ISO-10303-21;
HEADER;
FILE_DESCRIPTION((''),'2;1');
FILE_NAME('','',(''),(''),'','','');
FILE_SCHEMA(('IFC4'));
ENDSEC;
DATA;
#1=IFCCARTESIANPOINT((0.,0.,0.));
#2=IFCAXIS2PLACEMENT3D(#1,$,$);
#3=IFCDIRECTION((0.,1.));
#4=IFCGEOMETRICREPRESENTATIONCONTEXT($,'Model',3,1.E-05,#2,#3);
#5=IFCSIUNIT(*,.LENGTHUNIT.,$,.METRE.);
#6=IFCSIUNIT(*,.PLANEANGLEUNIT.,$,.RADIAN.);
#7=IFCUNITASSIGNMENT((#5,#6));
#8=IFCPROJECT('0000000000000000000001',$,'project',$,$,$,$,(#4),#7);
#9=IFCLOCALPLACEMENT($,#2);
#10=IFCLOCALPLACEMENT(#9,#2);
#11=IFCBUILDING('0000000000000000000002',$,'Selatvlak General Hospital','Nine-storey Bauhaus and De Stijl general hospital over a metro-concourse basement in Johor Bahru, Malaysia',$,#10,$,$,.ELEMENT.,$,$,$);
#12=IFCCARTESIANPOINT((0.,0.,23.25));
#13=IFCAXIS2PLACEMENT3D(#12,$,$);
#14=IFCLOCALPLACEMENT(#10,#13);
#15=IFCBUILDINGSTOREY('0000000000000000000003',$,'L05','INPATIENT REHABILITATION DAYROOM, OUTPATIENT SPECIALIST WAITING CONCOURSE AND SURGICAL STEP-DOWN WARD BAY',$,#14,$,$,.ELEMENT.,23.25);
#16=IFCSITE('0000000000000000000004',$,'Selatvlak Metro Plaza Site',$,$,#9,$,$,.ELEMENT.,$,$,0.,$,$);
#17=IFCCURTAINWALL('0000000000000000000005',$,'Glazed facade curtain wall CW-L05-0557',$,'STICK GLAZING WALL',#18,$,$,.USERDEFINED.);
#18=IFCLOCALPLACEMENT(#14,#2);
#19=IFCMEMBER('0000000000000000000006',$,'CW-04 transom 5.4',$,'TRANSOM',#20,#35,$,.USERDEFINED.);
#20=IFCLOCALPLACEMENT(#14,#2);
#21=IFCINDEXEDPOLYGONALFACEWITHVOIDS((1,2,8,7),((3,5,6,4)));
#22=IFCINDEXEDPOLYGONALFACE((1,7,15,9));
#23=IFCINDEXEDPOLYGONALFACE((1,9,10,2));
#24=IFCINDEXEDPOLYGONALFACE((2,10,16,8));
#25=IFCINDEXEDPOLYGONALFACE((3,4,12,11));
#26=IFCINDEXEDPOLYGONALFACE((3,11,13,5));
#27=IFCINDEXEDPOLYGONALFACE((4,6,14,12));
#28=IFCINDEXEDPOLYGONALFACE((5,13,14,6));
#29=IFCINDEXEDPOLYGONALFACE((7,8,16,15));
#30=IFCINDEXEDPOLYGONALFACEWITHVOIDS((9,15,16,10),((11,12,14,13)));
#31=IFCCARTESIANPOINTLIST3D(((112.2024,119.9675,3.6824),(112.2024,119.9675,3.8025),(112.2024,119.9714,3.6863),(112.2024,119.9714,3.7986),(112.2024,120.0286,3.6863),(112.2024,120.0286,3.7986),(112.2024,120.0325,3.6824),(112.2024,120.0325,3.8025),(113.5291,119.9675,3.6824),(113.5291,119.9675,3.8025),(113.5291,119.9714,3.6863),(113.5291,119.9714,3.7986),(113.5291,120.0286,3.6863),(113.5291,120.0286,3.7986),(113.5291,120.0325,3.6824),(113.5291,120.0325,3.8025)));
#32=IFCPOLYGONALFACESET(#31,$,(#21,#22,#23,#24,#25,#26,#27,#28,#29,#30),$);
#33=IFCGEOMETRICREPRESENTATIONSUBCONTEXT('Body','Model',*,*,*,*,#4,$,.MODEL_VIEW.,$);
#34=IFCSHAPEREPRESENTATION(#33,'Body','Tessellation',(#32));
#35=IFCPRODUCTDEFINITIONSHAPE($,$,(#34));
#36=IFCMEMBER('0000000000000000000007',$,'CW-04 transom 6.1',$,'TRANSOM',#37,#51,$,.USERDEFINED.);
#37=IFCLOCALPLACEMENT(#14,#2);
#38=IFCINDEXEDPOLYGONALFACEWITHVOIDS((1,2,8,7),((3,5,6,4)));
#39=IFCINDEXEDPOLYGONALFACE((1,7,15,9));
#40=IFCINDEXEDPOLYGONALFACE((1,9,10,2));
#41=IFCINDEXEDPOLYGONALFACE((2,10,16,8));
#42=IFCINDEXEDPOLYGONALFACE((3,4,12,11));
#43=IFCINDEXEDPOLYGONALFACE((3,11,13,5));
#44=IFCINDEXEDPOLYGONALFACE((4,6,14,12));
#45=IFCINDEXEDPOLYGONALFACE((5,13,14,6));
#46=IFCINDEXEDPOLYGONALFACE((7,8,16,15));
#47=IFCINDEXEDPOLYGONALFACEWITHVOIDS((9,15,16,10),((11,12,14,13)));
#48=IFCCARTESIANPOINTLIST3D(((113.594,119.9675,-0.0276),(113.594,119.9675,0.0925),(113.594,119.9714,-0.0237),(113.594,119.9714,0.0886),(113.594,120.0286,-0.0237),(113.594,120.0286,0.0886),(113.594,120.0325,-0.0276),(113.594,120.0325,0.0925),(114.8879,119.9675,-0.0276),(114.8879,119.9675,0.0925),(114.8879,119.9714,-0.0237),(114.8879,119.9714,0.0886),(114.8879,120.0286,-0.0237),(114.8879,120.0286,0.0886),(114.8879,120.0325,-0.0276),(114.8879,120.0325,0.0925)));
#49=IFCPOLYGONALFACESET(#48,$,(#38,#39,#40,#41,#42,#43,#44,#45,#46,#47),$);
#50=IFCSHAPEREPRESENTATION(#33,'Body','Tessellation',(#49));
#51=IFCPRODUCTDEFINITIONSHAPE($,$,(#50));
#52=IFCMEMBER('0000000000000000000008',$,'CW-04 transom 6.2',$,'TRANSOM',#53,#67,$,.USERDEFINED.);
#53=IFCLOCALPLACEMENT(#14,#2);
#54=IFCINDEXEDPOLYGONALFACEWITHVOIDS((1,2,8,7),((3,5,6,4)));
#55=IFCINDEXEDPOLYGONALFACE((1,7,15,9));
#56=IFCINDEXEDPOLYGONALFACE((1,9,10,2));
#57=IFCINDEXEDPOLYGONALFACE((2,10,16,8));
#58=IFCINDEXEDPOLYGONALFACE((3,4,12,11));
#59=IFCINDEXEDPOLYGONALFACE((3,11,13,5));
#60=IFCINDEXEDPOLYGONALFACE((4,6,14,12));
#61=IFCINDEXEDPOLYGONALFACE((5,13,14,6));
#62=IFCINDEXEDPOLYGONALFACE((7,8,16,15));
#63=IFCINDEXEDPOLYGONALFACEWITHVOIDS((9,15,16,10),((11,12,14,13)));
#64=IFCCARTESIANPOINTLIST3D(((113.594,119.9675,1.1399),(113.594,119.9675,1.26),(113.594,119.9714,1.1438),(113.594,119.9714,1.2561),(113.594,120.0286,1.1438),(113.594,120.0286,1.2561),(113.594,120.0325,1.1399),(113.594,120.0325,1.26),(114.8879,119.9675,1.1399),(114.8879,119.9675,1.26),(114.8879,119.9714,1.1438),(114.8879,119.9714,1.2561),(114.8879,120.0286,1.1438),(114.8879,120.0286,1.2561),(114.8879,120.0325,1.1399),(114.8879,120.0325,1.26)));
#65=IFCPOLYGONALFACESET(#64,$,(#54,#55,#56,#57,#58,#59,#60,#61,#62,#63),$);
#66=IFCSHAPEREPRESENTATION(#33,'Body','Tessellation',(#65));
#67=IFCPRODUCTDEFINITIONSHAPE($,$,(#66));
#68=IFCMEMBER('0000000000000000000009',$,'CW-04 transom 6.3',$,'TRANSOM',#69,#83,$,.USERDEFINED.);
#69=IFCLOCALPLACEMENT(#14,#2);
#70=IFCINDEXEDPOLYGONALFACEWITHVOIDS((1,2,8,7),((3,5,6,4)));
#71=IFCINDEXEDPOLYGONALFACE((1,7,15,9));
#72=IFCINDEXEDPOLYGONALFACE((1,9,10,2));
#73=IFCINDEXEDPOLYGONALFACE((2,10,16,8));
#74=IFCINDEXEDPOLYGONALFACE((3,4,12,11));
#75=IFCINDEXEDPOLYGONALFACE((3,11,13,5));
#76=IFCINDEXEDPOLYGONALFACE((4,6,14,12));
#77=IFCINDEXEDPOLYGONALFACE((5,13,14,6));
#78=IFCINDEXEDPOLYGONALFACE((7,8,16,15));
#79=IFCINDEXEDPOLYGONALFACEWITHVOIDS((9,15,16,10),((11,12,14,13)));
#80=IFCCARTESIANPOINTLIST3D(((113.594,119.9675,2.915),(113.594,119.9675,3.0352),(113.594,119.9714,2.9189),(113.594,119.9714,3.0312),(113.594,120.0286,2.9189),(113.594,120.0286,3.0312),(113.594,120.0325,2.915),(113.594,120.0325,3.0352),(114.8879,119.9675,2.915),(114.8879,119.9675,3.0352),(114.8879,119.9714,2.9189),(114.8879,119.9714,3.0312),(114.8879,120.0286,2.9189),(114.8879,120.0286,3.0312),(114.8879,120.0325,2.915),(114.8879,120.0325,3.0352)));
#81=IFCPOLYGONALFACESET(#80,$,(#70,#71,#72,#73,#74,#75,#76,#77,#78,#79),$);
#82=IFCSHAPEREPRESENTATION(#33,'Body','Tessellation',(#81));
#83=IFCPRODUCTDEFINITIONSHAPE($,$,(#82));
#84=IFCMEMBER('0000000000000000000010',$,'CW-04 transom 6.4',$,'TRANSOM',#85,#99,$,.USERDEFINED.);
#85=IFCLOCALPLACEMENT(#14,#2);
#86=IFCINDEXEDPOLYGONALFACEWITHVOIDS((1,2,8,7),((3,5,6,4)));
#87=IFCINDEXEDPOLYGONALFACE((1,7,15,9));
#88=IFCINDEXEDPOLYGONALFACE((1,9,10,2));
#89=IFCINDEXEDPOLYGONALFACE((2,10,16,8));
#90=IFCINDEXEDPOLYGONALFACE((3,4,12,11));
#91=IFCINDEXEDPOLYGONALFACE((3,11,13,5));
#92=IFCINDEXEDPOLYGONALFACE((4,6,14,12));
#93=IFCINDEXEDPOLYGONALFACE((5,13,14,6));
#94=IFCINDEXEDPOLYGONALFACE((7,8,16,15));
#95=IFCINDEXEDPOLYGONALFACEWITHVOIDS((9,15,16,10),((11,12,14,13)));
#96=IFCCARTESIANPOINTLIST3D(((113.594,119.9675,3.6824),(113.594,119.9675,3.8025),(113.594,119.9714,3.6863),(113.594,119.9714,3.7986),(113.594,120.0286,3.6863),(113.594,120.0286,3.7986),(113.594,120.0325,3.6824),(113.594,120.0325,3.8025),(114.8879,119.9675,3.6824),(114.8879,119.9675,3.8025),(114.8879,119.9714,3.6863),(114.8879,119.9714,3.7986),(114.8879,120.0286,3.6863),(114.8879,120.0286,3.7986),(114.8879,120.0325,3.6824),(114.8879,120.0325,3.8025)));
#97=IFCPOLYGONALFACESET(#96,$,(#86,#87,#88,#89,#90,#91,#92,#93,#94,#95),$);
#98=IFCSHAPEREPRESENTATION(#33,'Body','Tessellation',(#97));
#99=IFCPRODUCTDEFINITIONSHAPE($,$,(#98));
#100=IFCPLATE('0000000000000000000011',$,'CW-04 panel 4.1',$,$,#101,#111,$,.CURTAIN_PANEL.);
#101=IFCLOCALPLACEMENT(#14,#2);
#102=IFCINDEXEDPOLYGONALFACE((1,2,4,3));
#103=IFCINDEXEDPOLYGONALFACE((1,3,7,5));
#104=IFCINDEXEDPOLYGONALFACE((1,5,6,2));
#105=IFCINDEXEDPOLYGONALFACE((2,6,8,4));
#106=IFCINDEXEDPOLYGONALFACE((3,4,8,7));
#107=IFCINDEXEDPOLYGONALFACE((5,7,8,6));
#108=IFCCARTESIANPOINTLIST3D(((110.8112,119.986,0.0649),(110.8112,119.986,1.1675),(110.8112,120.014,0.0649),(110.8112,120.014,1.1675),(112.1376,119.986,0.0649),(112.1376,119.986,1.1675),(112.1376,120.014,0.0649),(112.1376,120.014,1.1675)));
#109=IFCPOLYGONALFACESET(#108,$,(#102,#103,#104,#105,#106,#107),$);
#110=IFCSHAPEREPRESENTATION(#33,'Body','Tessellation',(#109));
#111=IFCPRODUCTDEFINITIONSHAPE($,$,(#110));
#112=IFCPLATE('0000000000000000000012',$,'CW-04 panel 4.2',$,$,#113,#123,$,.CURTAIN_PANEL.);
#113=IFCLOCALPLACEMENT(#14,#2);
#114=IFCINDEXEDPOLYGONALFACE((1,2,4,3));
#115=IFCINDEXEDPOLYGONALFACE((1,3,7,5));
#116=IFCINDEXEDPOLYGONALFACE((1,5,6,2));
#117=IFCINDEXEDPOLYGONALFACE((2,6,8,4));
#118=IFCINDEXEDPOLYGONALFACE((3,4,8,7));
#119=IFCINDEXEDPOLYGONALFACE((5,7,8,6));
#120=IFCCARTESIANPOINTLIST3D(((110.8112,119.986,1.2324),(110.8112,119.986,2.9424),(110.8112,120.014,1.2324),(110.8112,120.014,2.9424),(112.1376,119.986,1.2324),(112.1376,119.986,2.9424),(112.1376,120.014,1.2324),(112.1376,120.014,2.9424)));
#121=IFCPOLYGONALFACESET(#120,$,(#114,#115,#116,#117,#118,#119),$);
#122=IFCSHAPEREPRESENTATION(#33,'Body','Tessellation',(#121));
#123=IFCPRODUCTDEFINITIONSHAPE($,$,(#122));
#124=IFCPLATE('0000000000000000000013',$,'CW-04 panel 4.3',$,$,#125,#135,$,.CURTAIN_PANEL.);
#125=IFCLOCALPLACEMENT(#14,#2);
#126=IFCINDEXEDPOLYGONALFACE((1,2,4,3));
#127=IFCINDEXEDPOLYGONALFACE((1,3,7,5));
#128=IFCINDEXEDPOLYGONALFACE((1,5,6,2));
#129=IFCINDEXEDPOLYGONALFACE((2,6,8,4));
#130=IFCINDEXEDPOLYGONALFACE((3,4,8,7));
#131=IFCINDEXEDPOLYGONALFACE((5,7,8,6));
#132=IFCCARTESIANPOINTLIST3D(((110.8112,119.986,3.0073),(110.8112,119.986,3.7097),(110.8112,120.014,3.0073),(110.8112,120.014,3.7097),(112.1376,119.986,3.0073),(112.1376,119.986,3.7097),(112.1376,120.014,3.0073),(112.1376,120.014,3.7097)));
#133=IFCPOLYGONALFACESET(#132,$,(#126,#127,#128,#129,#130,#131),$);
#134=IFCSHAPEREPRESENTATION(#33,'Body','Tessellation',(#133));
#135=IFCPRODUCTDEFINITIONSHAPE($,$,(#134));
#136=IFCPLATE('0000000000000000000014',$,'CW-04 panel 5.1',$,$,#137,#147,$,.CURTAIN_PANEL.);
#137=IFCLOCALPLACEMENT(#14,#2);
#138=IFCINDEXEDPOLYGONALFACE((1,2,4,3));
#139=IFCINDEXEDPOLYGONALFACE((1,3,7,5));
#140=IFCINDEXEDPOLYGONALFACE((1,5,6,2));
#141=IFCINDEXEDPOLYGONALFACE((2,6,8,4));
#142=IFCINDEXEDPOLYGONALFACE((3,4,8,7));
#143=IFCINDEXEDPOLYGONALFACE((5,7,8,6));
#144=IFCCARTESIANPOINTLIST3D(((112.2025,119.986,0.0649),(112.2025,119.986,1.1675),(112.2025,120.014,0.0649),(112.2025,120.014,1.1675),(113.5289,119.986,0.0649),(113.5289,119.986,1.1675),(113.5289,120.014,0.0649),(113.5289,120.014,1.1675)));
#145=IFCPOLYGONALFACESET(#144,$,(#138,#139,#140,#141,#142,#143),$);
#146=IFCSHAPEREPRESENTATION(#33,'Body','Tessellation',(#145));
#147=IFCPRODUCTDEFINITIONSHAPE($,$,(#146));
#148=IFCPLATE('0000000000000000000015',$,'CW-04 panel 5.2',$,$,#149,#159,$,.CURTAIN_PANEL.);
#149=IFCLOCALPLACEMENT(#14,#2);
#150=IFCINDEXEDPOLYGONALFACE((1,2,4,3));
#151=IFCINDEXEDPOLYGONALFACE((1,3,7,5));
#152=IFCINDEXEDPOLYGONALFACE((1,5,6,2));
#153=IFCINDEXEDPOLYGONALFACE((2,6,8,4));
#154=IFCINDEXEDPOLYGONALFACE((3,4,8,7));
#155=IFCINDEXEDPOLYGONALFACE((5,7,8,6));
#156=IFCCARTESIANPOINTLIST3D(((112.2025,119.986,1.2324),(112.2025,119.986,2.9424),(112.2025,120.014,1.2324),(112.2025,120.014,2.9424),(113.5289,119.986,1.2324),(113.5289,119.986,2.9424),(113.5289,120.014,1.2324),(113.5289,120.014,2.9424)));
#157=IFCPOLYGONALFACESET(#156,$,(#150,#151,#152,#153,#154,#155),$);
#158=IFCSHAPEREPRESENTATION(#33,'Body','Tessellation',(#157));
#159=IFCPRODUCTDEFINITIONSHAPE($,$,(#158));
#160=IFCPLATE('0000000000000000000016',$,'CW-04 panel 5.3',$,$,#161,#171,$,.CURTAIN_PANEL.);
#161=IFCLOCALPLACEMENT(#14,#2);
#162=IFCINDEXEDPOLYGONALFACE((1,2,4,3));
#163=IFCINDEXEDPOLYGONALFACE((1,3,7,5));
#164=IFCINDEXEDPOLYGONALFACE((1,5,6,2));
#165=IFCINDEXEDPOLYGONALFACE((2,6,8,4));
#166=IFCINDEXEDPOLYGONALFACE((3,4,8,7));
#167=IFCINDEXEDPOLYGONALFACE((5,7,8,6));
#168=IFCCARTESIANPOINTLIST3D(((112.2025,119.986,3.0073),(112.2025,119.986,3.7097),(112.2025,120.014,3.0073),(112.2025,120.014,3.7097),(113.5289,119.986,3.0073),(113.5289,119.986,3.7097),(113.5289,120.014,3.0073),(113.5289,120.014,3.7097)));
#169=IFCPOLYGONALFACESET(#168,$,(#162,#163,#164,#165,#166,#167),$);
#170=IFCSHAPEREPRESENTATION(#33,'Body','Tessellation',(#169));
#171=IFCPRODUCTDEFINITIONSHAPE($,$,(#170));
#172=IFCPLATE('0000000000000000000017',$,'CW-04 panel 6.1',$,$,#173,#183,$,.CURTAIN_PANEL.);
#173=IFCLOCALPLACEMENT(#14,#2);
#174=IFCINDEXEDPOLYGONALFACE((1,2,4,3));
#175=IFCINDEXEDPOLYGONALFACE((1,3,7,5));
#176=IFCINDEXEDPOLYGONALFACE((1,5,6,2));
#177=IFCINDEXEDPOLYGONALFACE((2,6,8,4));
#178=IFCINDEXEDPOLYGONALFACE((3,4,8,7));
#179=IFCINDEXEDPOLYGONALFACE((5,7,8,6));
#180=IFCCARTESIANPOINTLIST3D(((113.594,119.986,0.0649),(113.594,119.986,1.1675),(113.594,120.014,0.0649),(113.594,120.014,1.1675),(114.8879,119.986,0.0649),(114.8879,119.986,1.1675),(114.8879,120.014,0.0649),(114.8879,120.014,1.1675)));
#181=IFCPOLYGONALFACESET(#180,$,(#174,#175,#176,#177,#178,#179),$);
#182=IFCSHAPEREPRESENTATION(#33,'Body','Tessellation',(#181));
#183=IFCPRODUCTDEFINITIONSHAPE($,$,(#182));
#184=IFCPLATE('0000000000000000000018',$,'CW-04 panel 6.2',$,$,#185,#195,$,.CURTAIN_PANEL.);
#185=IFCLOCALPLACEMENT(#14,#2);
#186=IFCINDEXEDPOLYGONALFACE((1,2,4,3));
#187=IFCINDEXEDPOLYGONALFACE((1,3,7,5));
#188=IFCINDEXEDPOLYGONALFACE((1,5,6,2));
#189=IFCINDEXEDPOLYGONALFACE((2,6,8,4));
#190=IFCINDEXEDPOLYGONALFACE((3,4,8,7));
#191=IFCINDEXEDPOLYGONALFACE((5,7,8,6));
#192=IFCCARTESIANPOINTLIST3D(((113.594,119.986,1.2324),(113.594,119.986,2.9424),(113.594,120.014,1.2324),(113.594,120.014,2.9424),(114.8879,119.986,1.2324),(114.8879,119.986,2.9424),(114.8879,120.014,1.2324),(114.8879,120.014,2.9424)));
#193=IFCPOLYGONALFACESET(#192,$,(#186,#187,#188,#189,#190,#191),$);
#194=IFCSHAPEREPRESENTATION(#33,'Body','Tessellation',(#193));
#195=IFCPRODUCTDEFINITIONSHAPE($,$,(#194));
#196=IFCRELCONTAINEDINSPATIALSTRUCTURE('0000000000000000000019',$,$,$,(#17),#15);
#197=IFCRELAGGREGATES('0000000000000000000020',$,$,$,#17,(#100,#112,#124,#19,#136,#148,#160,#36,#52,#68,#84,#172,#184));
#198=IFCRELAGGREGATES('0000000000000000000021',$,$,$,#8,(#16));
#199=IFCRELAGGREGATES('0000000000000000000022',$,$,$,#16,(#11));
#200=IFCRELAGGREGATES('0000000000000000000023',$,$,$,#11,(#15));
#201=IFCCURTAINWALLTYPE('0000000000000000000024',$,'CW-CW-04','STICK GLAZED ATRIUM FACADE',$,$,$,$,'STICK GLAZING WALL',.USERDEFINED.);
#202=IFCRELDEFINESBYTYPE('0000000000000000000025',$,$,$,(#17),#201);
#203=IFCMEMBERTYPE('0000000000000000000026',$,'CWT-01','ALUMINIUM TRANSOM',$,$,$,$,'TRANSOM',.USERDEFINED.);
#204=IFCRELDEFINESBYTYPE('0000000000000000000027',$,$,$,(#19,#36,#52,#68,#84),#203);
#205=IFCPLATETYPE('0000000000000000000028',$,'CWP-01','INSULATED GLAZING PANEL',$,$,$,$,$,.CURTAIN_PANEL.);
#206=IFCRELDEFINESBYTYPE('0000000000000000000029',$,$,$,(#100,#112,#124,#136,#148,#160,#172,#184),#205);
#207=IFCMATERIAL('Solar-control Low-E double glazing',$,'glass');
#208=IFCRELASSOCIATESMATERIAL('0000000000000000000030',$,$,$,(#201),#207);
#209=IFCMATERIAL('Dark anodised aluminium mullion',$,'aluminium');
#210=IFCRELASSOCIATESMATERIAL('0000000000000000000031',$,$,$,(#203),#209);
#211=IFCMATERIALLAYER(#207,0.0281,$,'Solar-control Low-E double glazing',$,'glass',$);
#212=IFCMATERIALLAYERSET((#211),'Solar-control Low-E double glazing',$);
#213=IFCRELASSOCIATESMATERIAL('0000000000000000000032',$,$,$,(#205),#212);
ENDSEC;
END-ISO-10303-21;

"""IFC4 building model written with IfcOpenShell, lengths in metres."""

from ifc_helpers import new_model, si_unit, direction, frame, origin, origin_2d, place, context, subcontext, project, spatial, rectangle, hollow_rectangle, extrude, material, layer, layer_set, material_profile, profile_set, type_object, element, aggregate, save


model = new_model("IFC4")

# Units and contexts
model_context = context("Model", 3, precision=1e-05, world=origin(), true_north=direction((0.0, 1.0)))
body_context = subcontext(model_context, "Body", "Model", "MODEL_VIEW")
ifc_project = project(units=[si_unit("LENGTHUNIT", "METRE"), si_unit("PLANEANGLEUNIT", "RADIAN")], contexts=[model_context])

# Site, building, storey
site_placement = place(None, origin())
site = spatial("IfcSite", under=ifc_project, at=site_placement, Name="Selatvlak Metro Plaza Site", CompositionType="ELEMENT", RefElevation=0.0)
building_placement = place(site_placement, origin())
building = spatial("IfcBuilding", under=site, at=building_placement, Name="Selatvlak General Hospital", Description="Nine-storey Bauhaus and De Stijl general hospital over a metro-concourse basement in Johor Bahru, Malaysia", CompositionType="ELEMENT")
storey_placement = place(building_placement, frame((0.0, 0.0, 23.25)))
storey = spatial("IfcBuildingStorey", under=building, at=storey_placement, Name="L05", Description="INPATIENT REHABILITATION DAYROOM, OUTPATIENT SPECIALIST WAITING CONCOURSE AND SURGICAL STEP-DOWN WARD BAY", CompositionType="ELEMENT", Elevation=23.25)

# Shared definitions
ifc_material_1 = material(Name="Solar-control Low-E double glazing", Category="glass")
ifc_material_2 = material(Name="Dark anodised aluminium mullion", Category="aluminium")

# Curtain wall, members, plates
curtain_wall_type_1 = type_object("IfcCurtainWallType", Name="CW-CW-04", Description="STICK GLAZED ATRIUM FACADE", ElementType="STICK GLAZING WALL", PredefinedType="USERDEFINED", material=ifc_material_1)
curtain_wall_1_placement = place(storey_placement, origin())
curtain_wall_1 = element("IfcCurtainWall", 1, at=curtain_wall_1_placement, inside=storey, type_object=curtain_wall_type_1, Name="Glazed facade curtain wall CW-L05-0557", ObjectType="STICK GLAZING WALL", PredefinedType="USERDEFINED")
ifc_material_profile_1 = material_profile(ifc_material_2, hollow_rectangle(XDim=0.0649, YDim=0.1201, WallThickness=0.0039, at=origin_2d()), Name="AL-TRN 65x120x4")
ifc_profile_set_1 = profile_set([ifc_material_profile_1], Name="Dark anodised aluminium mullion")
member_type_1 = type_object("IfcMemberType", Name="CWT-01", Description="ALUMINIUM TRANSOM", ElementType="TRANSOM", PredefinedType="USERDEFINED", material=ifc_profile_set_1)
member_1_placement = place(storey_placement, frame((112.2024, 120.0, 3.7424), z_axis=(1.0, 0.0, 0.0), x_axis=(0.0, 1.0, 0.0)))
member_1 = element("IfcMember", 2, at=member_1_placement, type_object=member_type_1, Name="CW-04 transom 5.4", ObjectType="TRANSOM", PredefinedType="USERDEFINED", context=body_context, shape_type="SweptSolid", body=[
    extrude(hollow_rectangle(XDim=0.0649, YDim=0.1201, WallThickness=0.0039, at=origin_2d()), origin(), (0.0, 0.0, 1.0), 1.3267),
])
member_2_placement = place(storey_placement, frame((113.594, 120.0, 0.0325), z_axis=(1.0, 0.0, 0.0), x_axis=(0.0, 1.0, 0.0)))
member_2 = element("IfcMember", 3, at=member_2_placement, type_object=member_type_1, Name="CW-04 transom 6.1", ObjectType="TRANSOM", PredefinedType="USERDEFINED", context=body_context, shape_type="SweptSolid", body=[
    extrude(hollow_rectangle(XDim=0.0649, YDim=0.1201, WallThickness=0.0039, at=origin_2d()), origin(), (0.0, 0.0, 1.0), 1.2939),
])
member_3_placement = place(storey_placement, frame((113.594, 120.0, 1.2), z_axis=(1.0, 0.0, 0.0), x_axis=(0.0, 1.0, 0.0)))
member_3 = element("IfcMember", 4, at=member_3_placement, type_object=member_type_1, Name="CW-04 transom 6.2", ObjectType="TRANSOM", PredefinedType="USERDEFINED", context=body_context, shape_type="SweptSolid", body=[
    extrude(hollow_rectangle(XDim=0.0649, YDim=0.1201, WallThickness=0.0039, at=origin_2d()), origin(), (0.0, 0.0, 1.0), 1.2939),
])
member_4_placement = place(storey_placement, frame((113.594, 120.0, 2.9751), z_axis=(1.0, 0.0, 0.0), x_axis=(0.0, 1.0, 0.0)))
member_4 = element("IfcMember", 5, at=member_4_placement, type_object=member_type_1, Name="CW-04 transom 6.3", ObjectType="TRANSOM", PredefinedType="USERDEFINED", context=body_context, shape_type="SweptSolid", body=[
    extrude(hollow_rectangle(XDim=0.0649, YDim=0.1201, WallThickness=0.0039, at=origin_2d()), origin(), (0.0, 0.0, 1.0), 1.2939),
])
member_5_placement = place(storey_placement, frame((113.594, 120.0, 3.7424), z_axis=(1.0, 0.0, 0.0), x_axis=(0.0, 1.0, 0.0)))
member_5 = element("IfcMember", 6, at=member_5_placement, type_object=member_type_1, Name="CW-04 transom 6.4", ObjectType="TRANSOM", PredefinedType="USERDEFINED", context=body_context, shape_type="SweptSolid", body=[
    extrude(hollow_rectangle(XDim=0.0649, YDim=0.1201, WallThickness=0.0039, at=origin_2d()), origin(), (0.0, 0.0, 1.0), 1.2939),
])
ifc_layer_1 = layer(ifc_material_1, 0.0281, Name="Solar-control Low-E double glazing", Category="glass")
ifc_layer_set_1 = layer_set([ifc_layer_1], Name="Solar-control Low-E double glazing")
plate_type = type_object("IfcPlateType", Name="CWP-01", Description="INSULATED GLAZING PANEL", PredefinedType="CURTAIN_PANEL", material=ifc_layer_set_1)
plate_1_placement = place(storey_placement, frame((111.4744, 120.0, 0.0649), z_axis=(0.0, 0.0, 1.0), x_axis=(1.0, 0.0, 0.0)))
plate_1 = element("IfcPlate", 7, at=plate_1_placement, type_object=plate_type, Name="CW-04 panel 4.1", PredefinedType="CURTAIN_PANEL", context=body_context, shape_type="SweptSolid", body=[
    extrude(rectangle(XDim=1.3264, YDim=0.0281, at=origin_2d()), origin(), (0.0, 0.0, 1.0), 1.1025),
])
plate_2_placement = place(storey_placement, frame((111.4744, 120.0, 1.2324), z_axis=(0.0, 0.0, 1.0), x_axis=(1.0, 0.0, 0.0)))
plate_2 = element("IfcPlate", 8, at=plate_2_placement, type_object=plate_type, Name="CW-04 panel 4.2", PredefinedType="CURTAIN_PANEL", context=body_context, shape_type="SweptSolid", body=[
    extrude(rectangle(XDim=1.3264, YDim=0.0281, at=origin_2d()), origin(), (0.0, 0.0, 1.0), 1.71),
])
plate_3_placement = place(storey_placement, frame((111.4744, 120.0, 3.0073), z_axis=(0.0, 0.0, 1.0), x_axis=(1.0, 0.0, 0.0)))
plate_3 = element("IfcPlate", 9, at=plate_3_placement, type_object=plate_type, Name="CW-04 panel 4.3", PredefinedType="CURTAIN_PANEL", context=body_context, shape_type="SweptSolid", body=[
    extrude(rectangle(XDim=1.3264, YDim=0.0281, at=origin_2d()), origin(), (0.0, 0.0, 1.0), 0.7024),
])
plate_4_placement = place(storey_placement, frame((112.8657, 120.0, 0.0649), z_axis=(0.0, 0.0, 1.0), x_axis=(1.0, 0.0, 0.0)))
plate_4 = element("IfcPlate", 10, at=plate_4_placement, type_object=plate_type, Name="CW-04 panel 5.1", PredefinedType="CURTAIN_PANEL", context=body_context, shape_type="SweptSolid", body=[
    extrude(rectangle(XDim=1.3264, YDim=0.0281, at=origin_2d()), origin(), (0.0, 0.0, 1.0), 1.1025),
])
plate_5_placement = place(storey_placement, frame((112.8657, 120.0, 1.2324), z_axis=(0.0, 0.0, 1.0), x_axis=(1.0, 0.0, 0.0)))
plate_5 = element("IfcPlate", 11, at=plate_5_placement, type_object=plate_type, Name="CW-04 panel 5.2", PredefinedType="CURTAIN_PANEL", context=body_context, shape_type="SweptSolid", body=[
    extrude(rectangle(XDim=1.3264, YDim=0.0281, at=origin_2d()), origin(), (0.0, 0.0, 1.0), 1.71),
])
plate_6_placement = place(storey_placement, frame((112.8657, 120.0, 3.0073), z_axis=(0.0, 0.0, 1.0), x_axis=(1.0, 0.0, 0.0)))
plate_6 = element("IfcPlate", 12, at=plate_6_placement, type_object=plate_type, Name="CW-04 panel 5.3", PredefinedType="CURTAIN_PANEL", context=body_context, shape_type="SweptSolid", body=[
    extrude(rectangle(XDim=1.3264, YDim=0.0281, at=origin_2d()), origin(), (0.0, 0.0, 1.0), 0.7024),
])
plate_7_placement = place(storey_placement, frame((114.241, 120.0, 0.0649), z_axis=(0.0, 0.0, 1.0), x_axis=(1.0, 0.0, 0.0)))
plate_7 = element("IfcPlate", 13, at=plate_7_placement, type_object=plate_type, Name="CW-04 panel 6.1", PredefinedType="CURTAIN_PANEL", context=body_context, shape_type="SweptSolid", body=[
    extrude(rectangle(XDim=1.2939, YDim=0.0281, at=origin_2d()), origin(), (0.0, 0.0, 1.0), 1.1025),
])
plate_8_placement = place(storey_placement, frame((114.241, 120.0, 1.2324), z_axis=(0.0, 0.0, 1.0), x_axis=(1.0, 0.0, 0.0)))
plate_8 = element("IfcPlate", 14, at=plate_8_placement, type_object=plate_type, Name="CW-04 panel 6.2", PredefinedType="CURTAIN_PANEL", context=body_context, shape_type="SweptSolid", body=[
    extrude(rectangle(XDim=1.2939, YDim=0.0281, at=origin_2d()), origin(), (0.0, 0.0, 1.0), 1.71),
])
aggregate(curtain_wall_1, [plate_1, plate_2, plate_3, member_1, plate_4, plate_5, plate_6, member_2, member_3, member_4, member_5, plate_7, plate_8])

save(model, "model.ifc")
